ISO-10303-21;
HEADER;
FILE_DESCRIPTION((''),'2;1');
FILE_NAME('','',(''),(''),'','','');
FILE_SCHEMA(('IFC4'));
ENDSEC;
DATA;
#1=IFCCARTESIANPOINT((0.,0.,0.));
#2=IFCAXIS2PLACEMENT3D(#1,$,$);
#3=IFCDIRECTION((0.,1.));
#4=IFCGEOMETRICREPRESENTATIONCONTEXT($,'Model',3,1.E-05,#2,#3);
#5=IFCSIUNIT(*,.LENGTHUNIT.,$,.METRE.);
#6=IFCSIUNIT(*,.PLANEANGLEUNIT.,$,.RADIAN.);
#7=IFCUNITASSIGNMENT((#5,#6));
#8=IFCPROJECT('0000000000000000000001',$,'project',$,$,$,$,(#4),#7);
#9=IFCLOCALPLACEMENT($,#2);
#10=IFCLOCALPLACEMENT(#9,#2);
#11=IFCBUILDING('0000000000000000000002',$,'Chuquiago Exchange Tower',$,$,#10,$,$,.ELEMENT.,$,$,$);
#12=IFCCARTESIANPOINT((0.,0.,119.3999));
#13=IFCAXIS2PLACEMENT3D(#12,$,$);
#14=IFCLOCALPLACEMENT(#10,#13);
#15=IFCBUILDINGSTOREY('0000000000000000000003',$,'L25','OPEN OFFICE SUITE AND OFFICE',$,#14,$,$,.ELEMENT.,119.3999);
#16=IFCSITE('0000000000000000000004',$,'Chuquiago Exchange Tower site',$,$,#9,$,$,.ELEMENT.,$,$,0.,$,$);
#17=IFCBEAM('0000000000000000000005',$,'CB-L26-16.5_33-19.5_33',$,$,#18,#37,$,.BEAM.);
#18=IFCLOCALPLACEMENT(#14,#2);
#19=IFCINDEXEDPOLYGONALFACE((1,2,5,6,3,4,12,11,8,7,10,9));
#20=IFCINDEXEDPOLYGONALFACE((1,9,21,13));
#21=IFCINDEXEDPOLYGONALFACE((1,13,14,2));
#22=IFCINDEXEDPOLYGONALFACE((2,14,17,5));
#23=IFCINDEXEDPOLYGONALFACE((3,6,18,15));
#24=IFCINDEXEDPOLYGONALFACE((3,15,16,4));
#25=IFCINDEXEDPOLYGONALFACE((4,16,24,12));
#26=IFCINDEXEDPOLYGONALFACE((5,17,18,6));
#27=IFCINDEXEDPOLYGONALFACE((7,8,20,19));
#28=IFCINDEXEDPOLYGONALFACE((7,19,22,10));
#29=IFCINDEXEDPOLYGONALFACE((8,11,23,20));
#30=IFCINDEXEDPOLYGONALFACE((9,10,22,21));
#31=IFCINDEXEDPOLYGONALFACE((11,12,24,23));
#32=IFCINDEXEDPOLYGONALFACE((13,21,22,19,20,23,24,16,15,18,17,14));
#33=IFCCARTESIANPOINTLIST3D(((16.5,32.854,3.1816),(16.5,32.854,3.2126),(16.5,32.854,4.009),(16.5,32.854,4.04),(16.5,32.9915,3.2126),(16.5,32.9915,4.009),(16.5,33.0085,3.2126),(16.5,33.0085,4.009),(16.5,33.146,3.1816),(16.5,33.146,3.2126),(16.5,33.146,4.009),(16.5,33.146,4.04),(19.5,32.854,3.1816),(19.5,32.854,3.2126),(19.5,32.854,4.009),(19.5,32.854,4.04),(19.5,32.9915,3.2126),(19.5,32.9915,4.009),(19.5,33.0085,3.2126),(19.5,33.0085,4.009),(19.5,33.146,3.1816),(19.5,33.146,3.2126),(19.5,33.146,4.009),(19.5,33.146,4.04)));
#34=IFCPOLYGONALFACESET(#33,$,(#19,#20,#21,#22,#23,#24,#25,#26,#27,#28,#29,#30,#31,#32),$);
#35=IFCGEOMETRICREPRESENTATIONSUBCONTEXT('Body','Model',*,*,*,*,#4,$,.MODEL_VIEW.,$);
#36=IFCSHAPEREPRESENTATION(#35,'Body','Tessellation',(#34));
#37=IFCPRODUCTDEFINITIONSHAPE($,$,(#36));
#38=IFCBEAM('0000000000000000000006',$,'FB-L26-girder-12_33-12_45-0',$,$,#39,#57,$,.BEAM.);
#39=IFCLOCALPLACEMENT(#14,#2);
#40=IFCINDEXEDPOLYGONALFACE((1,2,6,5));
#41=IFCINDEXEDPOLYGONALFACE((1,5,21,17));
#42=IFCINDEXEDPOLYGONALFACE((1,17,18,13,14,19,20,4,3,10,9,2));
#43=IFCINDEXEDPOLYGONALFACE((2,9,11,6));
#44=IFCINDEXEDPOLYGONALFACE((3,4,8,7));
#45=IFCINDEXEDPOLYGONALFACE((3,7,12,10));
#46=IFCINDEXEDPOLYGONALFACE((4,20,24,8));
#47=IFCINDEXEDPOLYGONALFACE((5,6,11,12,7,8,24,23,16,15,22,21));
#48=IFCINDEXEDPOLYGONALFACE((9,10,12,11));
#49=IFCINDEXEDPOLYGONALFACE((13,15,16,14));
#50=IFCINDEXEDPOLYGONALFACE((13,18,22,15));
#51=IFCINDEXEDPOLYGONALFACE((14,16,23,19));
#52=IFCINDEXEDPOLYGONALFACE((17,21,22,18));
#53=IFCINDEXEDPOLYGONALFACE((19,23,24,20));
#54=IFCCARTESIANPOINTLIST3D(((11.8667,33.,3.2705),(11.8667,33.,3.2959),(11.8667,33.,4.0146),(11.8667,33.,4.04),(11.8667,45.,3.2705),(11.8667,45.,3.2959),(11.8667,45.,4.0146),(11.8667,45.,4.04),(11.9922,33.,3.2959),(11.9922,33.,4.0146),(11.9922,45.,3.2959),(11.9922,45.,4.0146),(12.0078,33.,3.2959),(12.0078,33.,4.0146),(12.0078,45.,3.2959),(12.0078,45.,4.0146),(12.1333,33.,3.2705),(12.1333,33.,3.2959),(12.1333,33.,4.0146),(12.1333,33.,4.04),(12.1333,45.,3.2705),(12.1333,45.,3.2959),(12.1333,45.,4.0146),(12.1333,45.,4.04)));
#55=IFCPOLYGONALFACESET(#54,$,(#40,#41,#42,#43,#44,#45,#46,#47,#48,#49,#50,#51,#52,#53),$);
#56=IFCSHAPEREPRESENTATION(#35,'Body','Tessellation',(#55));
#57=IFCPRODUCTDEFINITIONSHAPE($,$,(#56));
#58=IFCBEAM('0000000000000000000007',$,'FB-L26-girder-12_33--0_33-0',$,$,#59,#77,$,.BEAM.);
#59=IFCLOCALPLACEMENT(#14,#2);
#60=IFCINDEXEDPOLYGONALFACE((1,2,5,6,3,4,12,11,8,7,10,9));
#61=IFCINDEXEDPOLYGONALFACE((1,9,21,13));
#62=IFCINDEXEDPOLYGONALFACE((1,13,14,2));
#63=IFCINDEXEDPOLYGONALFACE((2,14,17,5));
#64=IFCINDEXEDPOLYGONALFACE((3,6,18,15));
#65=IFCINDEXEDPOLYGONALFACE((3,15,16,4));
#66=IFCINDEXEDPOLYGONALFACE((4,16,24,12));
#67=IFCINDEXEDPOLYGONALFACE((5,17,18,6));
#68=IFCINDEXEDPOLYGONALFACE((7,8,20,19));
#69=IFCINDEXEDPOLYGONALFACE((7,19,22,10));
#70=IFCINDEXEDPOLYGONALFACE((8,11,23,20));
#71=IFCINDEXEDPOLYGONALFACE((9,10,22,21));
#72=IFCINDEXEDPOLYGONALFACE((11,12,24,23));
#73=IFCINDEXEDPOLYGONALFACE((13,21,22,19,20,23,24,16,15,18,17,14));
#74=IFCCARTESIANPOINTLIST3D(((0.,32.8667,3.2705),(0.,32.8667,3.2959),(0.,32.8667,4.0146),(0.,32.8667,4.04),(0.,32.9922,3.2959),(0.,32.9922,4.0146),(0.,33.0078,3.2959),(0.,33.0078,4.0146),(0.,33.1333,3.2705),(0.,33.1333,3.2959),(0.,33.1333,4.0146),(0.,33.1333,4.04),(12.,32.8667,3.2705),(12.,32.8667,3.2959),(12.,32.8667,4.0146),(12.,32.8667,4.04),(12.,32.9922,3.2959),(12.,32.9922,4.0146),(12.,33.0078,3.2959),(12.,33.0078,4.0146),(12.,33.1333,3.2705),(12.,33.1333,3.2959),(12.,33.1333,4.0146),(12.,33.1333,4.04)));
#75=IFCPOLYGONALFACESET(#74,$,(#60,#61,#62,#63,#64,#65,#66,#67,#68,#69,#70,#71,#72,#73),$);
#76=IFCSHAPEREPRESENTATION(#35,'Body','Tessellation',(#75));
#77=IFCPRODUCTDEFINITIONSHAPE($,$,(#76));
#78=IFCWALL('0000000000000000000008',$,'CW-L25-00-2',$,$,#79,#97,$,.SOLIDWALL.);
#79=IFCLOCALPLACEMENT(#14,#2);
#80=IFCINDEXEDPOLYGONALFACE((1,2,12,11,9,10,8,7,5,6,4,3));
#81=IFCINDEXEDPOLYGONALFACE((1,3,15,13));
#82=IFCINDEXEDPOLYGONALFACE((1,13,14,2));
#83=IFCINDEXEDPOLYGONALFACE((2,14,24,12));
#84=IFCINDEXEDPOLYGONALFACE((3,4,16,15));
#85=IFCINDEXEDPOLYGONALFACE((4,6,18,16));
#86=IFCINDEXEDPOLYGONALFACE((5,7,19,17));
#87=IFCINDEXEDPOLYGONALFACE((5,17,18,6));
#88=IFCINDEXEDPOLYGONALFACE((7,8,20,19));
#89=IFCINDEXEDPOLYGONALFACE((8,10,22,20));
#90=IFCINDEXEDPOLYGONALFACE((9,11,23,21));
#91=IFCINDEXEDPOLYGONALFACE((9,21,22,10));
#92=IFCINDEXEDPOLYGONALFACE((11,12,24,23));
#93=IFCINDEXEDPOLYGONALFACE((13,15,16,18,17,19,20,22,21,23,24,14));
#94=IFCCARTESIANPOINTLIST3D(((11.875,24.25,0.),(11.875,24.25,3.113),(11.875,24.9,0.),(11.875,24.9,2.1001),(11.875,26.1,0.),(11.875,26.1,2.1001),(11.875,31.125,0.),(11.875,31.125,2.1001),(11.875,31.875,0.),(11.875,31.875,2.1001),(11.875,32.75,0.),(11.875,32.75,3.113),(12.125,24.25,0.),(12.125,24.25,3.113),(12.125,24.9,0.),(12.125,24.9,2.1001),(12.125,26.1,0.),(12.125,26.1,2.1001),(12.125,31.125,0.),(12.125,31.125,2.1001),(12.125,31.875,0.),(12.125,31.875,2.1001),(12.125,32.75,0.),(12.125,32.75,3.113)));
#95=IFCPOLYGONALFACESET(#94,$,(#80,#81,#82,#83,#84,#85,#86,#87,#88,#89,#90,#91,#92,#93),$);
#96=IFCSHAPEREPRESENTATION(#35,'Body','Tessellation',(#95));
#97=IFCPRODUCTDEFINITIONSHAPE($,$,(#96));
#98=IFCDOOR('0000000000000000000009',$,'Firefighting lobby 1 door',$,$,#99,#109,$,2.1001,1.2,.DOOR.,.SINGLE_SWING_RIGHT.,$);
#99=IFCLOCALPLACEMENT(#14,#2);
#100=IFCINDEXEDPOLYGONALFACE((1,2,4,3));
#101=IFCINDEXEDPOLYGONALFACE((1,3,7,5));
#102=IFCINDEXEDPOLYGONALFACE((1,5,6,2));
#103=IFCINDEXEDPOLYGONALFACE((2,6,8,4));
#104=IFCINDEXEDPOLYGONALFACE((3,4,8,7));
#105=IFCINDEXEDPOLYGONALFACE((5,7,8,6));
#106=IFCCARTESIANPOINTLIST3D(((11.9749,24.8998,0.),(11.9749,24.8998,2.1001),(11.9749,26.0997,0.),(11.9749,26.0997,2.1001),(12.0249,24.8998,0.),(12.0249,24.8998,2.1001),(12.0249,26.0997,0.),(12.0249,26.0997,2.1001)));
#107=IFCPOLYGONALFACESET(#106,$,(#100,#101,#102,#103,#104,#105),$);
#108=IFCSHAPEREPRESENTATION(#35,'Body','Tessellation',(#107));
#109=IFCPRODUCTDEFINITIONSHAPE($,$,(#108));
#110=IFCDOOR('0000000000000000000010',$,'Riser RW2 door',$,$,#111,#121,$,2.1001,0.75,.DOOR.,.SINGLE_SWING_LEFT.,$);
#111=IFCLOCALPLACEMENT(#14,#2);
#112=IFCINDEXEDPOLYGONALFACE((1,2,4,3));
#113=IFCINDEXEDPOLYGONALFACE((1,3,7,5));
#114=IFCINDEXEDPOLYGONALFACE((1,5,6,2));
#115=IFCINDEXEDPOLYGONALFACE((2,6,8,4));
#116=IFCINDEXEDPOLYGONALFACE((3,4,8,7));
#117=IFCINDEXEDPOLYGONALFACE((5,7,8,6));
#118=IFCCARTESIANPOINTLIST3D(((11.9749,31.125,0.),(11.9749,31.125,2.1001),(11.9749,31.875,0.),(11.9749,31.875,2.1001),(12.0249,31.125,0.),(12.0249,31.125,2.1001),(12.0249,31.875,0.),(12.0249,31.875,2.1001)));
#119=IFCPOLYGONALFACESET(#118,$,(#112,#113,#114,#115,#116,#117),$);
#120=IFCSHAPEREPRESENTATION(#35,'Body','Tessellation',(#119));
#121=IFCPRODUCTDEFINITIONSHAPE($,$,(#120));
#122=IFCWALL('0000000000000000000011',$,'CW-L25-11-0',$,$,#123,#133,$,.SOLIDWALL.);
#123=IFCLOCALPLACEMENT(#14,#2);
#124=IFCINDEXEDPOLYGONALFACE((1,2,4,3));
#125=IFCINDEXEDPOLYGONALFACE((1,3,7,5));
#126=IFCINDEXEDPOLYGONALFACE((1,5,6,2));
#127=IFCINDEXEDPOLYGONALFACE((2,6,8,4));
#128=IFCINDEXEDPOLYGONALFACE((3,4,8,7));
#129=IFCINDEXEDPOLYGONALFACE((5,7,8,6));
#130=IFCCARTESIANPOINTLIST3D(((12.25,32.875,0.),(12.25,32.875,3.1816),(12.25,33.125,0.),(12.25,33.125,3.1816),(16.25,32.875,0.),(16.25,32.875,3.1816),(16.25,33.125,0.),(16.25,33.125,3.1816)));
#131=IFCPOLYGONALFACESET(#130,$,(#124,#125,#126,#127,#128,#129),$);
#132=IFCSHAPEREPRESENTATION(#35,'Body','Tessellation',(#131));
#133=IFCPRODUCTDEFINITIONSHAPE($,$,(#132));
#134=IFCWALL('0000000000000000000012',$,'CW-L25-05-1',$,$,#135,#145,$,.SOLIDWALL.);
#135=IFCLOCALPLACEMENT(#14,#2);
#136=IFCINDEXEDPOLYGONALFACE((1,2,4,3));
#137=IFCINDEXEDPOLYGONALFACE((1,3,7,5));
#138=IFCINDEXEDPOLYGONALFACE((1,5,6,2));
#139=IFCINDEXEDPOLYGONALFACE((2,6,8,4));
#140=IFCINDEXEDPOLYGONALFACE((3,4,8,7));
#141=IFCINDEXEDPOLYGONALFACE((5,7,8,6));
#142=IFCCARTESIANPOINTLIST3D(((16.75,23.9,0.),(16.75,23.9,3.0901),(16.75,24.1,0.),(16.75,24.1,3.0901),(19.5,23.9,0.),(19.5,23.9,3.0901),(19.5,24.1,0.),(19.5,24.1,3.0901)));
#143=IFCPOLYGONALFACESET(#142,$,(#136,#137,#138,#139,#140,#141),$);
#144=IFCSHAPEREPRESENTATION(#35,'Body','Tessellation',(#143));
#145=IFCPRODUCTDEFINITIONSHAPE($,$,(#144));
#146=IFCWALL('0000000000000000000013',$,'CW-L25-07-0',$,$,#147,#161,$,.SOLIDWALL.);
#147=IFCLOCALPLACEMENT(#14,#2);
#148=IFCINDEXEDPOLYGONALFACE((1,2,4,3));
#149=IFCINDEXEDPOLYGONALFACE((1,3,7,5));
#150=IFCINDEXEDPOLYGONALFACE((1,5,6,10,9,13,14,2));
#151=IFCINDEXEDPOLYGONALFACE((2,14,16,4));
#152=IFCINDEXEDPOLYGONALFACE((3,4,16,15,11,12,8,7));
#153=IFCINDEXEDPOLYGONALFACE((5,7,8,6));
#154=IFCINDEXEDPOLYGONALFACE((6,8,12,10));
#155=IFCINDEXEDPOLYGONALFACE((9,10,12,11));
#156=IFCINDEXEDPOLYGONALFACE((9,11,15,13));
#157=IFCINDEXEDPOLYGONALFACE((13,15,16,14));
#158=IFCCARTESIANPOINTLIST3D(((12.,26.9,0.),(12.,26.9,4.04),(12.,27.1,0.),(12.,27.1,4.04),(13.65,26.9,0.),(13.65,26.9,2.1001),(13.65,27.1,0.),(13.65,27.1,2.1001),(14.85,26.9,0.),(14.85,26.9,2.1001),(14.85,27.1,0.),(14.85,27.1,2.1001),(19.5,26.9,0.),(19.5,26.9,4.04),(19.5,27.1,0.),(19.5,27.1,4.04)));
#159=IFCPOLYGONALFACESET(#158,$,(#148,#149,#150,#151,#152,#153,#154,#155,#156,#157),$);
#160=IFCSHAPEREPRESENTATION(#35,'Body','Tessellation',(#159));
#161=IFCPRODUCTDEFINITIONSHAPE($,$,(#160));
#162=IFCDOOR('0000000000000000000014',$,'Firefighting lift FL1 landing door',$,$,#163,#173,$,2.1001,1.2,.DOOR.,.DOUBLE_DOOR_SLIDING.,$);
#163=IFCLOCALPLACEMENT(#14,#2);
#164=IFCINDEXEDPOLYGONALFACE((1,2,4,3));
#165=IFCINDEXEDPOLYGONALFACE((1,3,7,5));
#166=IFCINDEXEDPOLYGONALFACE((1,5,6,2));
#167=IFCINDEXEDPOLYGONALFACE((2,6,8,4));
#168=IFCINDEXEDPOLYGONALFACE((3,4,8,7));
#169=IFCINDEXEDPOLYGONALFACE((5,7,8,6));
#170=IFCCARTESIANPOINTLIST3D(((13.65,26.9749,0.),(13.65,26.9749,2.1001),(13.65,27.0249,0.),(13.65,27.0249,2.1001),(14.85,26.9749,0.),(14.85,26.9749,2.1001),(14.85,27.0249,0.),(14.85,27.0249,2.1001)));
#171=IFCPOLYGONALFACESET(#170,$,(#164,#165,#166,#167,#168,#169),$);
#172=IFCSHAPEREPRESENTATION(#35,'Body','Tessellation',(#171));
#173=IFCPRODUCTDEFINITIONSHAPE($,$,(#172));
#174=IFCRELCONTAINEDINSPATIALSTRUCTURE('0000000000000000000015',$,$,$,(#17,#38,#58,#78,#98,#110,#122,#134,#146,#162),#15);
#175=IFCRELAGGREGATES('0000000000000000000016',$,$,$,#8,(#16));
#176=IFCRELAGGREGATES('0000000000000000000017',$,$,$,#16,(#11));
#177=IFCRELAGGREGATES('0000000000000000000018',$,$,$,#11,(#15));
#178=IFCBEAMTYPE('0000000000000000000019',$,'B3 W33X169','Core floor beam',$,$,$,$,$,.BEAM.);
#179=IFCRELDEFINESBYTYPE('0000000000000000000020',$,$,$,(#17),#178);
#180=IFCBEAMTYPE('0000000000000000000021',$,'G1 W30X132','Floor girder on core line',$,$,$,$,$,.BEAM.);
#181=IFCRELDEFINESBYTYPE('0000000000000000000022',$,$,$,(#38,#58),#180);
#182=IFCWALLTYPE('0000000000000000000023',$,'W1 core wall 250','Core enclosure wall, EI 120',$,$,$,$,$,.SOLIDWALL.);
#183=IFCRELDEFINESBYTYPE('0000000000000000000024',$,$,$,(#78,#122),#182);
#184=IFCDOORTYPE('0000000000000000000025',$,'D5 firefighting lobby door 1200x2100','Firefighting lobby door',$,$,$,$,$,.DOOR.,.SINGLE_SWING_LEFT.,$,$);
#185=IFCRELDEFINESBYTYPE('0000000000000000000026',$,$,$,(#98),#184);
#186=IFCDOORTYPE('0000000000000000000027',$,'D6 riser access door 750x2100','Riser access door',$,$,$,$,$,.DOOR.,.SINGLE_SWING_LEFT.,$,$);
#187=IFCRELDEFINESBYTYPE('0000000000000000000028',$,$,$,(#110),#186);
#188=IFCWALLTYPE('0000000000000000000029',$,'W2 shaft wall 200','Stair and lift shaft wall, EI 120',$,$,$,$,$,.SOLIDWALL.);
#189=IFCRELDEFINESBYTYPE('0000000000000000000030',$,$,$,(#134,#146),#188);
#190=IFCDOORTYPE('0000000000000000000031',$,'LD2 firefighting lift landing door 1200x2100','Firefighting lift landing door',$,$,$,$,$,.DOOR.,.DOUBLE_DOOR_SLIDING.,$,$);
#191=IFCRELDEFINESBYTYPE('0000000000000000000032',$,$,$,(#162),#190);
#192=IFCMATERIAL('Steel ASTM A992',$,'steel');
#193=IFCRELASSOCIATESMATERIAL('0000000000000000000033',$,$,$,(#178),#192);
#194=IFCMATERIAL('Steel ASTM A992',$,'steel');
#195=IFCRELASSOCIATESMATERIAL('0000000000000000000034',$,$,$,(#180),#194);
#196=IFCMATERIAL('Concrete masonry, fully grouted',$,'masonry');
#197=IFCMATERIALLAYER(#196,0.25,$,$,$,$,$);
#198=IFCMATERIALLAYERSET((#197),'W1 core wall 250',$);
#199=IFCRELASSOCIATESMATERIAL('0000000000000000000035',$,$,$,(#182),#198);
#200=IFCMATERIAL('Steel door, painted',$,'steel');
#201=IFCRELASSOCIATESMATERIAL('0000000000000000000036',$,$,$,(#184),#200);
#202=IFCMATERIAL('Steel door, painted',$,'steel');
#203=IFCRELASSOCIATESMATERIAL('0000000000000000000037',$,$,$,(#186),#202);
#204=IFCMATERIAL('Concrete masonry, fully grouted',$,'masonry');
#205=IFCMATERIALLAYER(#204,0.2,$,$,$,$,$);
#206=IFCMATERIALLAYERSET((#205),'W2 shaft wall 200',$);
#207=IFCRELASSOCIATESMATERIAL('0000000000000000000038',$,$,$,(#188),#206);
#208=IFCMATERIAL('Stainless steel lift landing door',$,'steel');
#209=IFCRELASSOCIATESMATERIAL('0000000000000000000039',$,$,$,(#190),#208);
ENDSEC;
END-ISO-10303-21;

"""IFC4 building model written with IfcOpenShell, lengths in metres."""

from ifc_helpers import new_model, si_unit, direction, frame, frame_2d, origin, origin_2d, place, context, subcontext, project, spatial, rectangle, i_section, extrude, material, layer, layer_set, material_profile, profile_set, type_object, element, fill, save


model = new_model("IFC4")

# Units and contexts
model_context = context("Model", 3, precision=1e-05, world=origin(), true_north=direction((0.0, 1.0)))
body_context = subcontext(model_context, "Body", "Model", "MODEL_VIEW")
ifc_project = project(units=[si_unit("LENGTHUNIT", "METRE"), si_unit("PLANEANGLEUNIT", "RADIAN")], contexts=[model_context])

# Site, building, storey
site_placement = place(None, origin())
site = spatial("IfcSite", under=ifc_project, at=site_placement, Name="Chuquiago Exchange Tower site", CompositionType="ELEMENT", RefElevation=0.0)
building_placement = place(site_placement, origin())
building = spatial("IfcBuilding", under=site, at=building_placement, Name="Chuquiago Exchange Tower", CompositionType="ELEMENT")
storey_placement = place(building_placement, frame((0.0, 0.0, 119.3999)))
storey = spatial("IfcBuildingStorey", under=building, at=storey_placement, Name="L25", Description="OPEN OFFICE SUITE AND OFFICE", CompositionType="ELEMENT", Elevation=119.3999)

# Beams
ifc_material_1 = material(Name="Steel ASTM A992", Category="steel")
ifc_material_profile_1 = material_profile(ifc_material_1, i_section(OverallWidth=0.292, OverallDepth=0.8584, WebThickness=0.0171, FlangeThickness=0.031, at=origin_2d()), Name="W33X169")
ifc_profile_set_1 = profile_set([ifc_material_profile_1], Name="Steel ASTM A992")
beam_type_1 = type_object("IfcBeamType", Name="B3 W33X169", Description="Core floor beam", PredefinedType="BEAM", material=ifc_profile_set_1)
beam_1_placement = place(storey_placement, frame((16.5, 33.0, 3.6108), z_axis=(1.0, 0.0, 0.0), x_axis=(0.0, 1.0, 0.0)))
element("IfcBeam", 1, at=beam_1_placement, inside=storey, type_object=beam_type_1, Name="CB-L26-16.5_33-19.5_33", PredefinedType="BEAM", context=body_context, shape_type="SweptSolid", body=[
    extrude(i_section(OverallWidth=0.292, OverallDepth=0.8584, WebThickness=0.0171, FlangeThickness=0.031, at=origin_2d()), origin(), (0.0, 0.0, 1.0), 3.0),
])
ifc_material_2 = material(Name="Steel ASTM A992", Category="steel")
ifc_material_profile_2 = material_profile(ifc_material_2, i_section(OverallWidth=0.2666, OverallDepth=0.7695, WebThickness=0.0156, FlangeThickness=0.0254, at=origin_2d()), Name="W30X132")
ifc_profile_set_2 = profile_set([ifc_material_profile_2], Name="Steel ASTM A992")
beam_type_2 = type_object("IfcBeamType", Name="G1 W30X132", Description="Floor girder on core line", PredefinedType="BEAM", material=ifc_profile_set_2)
for number, where, z_axis, x_axis, name in (
    (2, (12.0, 33.0, 3.6553), (0.0, 1.0, 0.0), (-1.0, 0.0, 0.0), "FB-L26-girder-12_33-12_45-0"),
    (3, (12.0, 33.0, 3.6553), (-1.0, 0.0, 0.0), (0.0, -1.0, 0.0), "FB-L26-girder-12_33--0_33-0"),
):
    element("IfcBeam", number, at=place(storey_placement, frame(where, z_axis=z_axis, x_axis=x_axis)), inside=storey, type_object=beam_type_2, Name=name, PredefinedType="BEAM", context=body_context, shape_type="SweptSolid", body=[
        extrude(i_section(OverallWidth=0.2666, OverallDepth=0.7695, WebThickness=0.0156, FlangeThickness=0.0254, at=origin_2d()), origin(), (0.0, 0.0, 1.0), 12.0),
    ])

# Wall, openings, doors
ifc_material_3 = material(Name="Concrete masonry, fully grouted", Category="masonry")
ifc_layer_1 = layer(ifc_material_3, 0.25)
ifc_layer_set_1 = layer_set([ifc_layer_1], Name="W1 core wall 250")
wall_type_1 = type_object("IfcWallType", Name="W1 core wall 250", Description="Core enclosure wall, EI 120", PredefinedType="SOLIDWALL", material=ifc_layer_set_1)
wall_1_placement = place(storey_placement, frame((12.0, 24.25, 0.0), z_axis=(0.0, 0.0, 1.0), x_axis=(0.0, 1.0, 0.0)))
wall_1 = element("IfcWall", 4, at=wall_1_placement, inside=storey, type_object=wall_type_1, Name="CW-L25-00-2", PredefinedType="SOLIDWALL", context=body_context, shape_type="SweptSolid", body=[
    extrude(rectangle(XDim=8.5, YDim=0.25, at=frame_2d((4.25, 0.0))), origin(), (0.0, 0.0, 1.0), 3.113),
])
opening_1_placement = place(wall_1_placement, frame((0.6499, 0.0, 0.0)))
opening_1 = element("IfcOpeningElement", 5, at=opening_1_placement, cuts=wall_1, PredefinedType="OPENING", context=body_context, shape_type="SweptSolid", body=[
    extrude(rectangle(XDim=1.2, YDim=2.1001, at=frame_2d((0.6001, 1.05))), frame((0.0, 0.135, 0.0), z_axis=(0.0, -1.0, 0.0), x_axis=(1.0, 0.0, 0.0)), (0.0, 0.0, 1.0), 0.27),
])
opening_2_placement = place(wall_1_placement, frame((6.875, 0.0, 0.0)))
opening_2 = element("IfcOpeningElement", 6, at=opening_2_placement, cuts=wall_1, PredefinedType="OPENING", context=body_context, shape_type="SweptSolid", body=[
    extrude(rectangle(XDim=0.75, YDim=2.1001, at=frame_2d((0.375, 1.05))), frame((0.0, 0.135, 0.0), z_axis=(0.0, -1.0, 0.0), x_axis=(1.0, 0.0, 0.0)), (0.0, 0.0, 1.0), 0.27),
])
ifc_material_4 = material(Name="Steel door, painted", Category="steel")
door_type_1 = type_object("IfcDoorType", Name="D5 firefighting lobby door 1200x2100", Description="Firefighting lobby door", OperationType="SINGLE_SWING_LEFT", PredefinedType="DOOR", material=ifc_material_4)
door_1_placement = place(opening_1_placement, frame((1.2, 0.0, 0.0), z_axis=(0.0, 0.0, 1.0), x_axis=(-1.0, 0.0, 0.0)))
door_1 = element("IfcDoor", 7, at=door_1_placement, inside=storey, type_object=door_type_1, Name="Firefighting lobby 1 door", OperationType="SINGLE_SWING_RIGHT", OverallHeight=2.1001, OverallWidth=1.2, PredefinedType="DOOR", context=body_context, shape_type="SweptSolid", body=[
    extrude(rectangle(XDim=1.2, YDim=2.1001, at=frame_2d((0.6001, 1.05))), frame((0.0, 0.0249, 0.0), z_axis=(0.0, -1.0, 0.0), x_axis=(1.0, 0.0, 0.0)), (0.0, 0.0, 1.0), 0.05),
])
fill(opening_1, door_1)
ifc_material_5 = material(Name="Steel door, painted", Category="steel")
door_type_2 = type_object("IfcDoorType", Name="D6 riser access door 750x2100", Description="Riser access door", OperationType="SINGLE_SWING_LEFT", PredefinedType="DOOR", material=ifc_material_5)
door_2_placement = place(opening_2_placement, frame((0.75, 0.0, 0.0), z_axis=(0.0, 0.0, 1.0), x_axis=(-1.0, 0.0, 0.0)))
door_2 = element("IfcDoor", 8, at=door_2_placement, inside=storey, type_object=door_type_2, Name="Riser RW2 door", OperationType="SINGLE_SWING_LEFT", OverallHeight=2.1001, OverallWidth=0.75, PredefinedType="DOOR", context=body_context, shape_type="SweptSolid", body=[
    extrude(rectangle(XDim=0.75, YDim=2.1001, at=frame_2d((0.375, 1.05))), frame((0.0, 0.0249, 0.0), z_axis=(0.0, -1.0, 0.0), x_axis=(1.0, 0.0, 0.0)), (0.0, 0.0, 1.0), 0.05),
])
fill(opening_2, door_2)

# Walls
wall_2_placement = place(storey_placement, frame((12.25, 33.0, 0.0), z_axis=(0.0, 0.0, 1.0), x_axis=(1.0, 0.0, 0.0)))
element("IfcWall", 9, at=wall_2_placement, inside=storey, type_object=wall_type_1, Name="CW-L25-11-0", PredefinedType="SOLIDWALL", context=body_context, shape_type="SweptSolid", body=[
    extrude(rectangle(XDim=4.0, YDim=0.25, at=frame_2d((2.0, 0.0))), origin(), (0.0, 0.0, 1.0), 3.1816),
])
ifc_material_6 = material(Name="Concrete masonry, fully grouted", Category="masonry")
ifc_layer_2 = layer(ifc_material_6, 0.2)
ifc_layer_set_2 = layer_set([ifc_layer_2], Name="W2 shaft wall 200")
wall_type_2 = type_object("IfcWallType", Name="W2 shaft wall 200", Description="Stair and lift shaft wall, EI 120", PredefinedType="SOLIDWALL", material=ifc_layer_set_2)
wall_3_placement = place(storey_placement, frame((16.75, 24.0, 0.0), z_axis=(0.0, 0.0, 1.0), x_axis=(1.0, 0.0, 0.0)))
element("IfcWall", 10, at=wall_3_placement, inside=storey, type_object=wall_type_2, Name="CW-L25-05-1", PredefinedType="SOLIDWALL", context=body_context, shape_type="SweptSolid", body=[
    extrude(rectangle(XDim=2.75, YDim=0.2, at=frame_2d((1.375, 0.0))), origin(), (0.0, 0.0, 1.0), 3.0901),
])

# Wall, opening, door
wall_4_placement = place(storey_placement, frame((12.0, 27.0, 0.0), z_axis=(0.0, 0.0, 1.0), x_axis=(1.0, 0.0, 0.0)))
wall_4 = element("IfcWall", 11, at=wall_4_placement, inside=storey, type_object=wall_type_2, Name="CW-L25-07-0", PredefinedType="SOLIDWALL", context=body_context, shape_type="SweptSolid", body=[
    extrude(rectangle(XDim=7.5, YDim=0.2, at=frame_2d((3.75, 0.0))), origin(), (0.0, 0.0, 1.0), 4.04),
])
opening_3_placement = place(wall_4_placement, frame((1.6499, 0.0, 0.0)))
opening_3 = element("IfcOpeningElement", 12, at=opening_3_placement, cuts=wall_4, PredefinedType="OPENING", context=body_context, shape_type="SweptSolid", body=[
    extrude(rectangle(XDim=1.2, YDim=2.1001, at=frame_2d((0.6001, 1.05))), frame((0.0, 0.1099, 0.0), z_axis=(0.0, -1.0, 0.0), x_axis=(1.0, 0.0, 0.0)), (0.0, 0.0, 1.0), 0.22),
])
ifc_material_7 = material(Name="Stainless steel lift landing door", Category="steel")
door_type_3 = type_object("IfcDoorType", Name="LD2 firefighting lift landing door 1200x2100", Description="Firefighting lift landing door", OperationType="DOUBLE_DOOR_SLIDING", PredefinedType="DOOR", material=ifc_material_7)
door_3_placement = place(opening_3_placement, origin())
door_3 = element("IfcDoor", 13, at=door_3_placement, inside=storey, type_object=door_type_3, Name="Firefighting lift FL1 landing door", OperationType="DOUBLE_DOOR_SLIDING", OverallHeight=2.1001, OverallWidth=1.2, PredefinedType="DOOR", context=body_context, shape_type="SweptSolid", body=[
    extrude(rectangle(XDim=1.2, YDim=2.1001, at=frame_2d((0.6001, 1.05))), frame((0.0, 0.0249, 0.0), z_axis=(0.0, -1.0, 0.0), x_axis=(1.0, 0.0, 0.0)), (0.0, 0.0, 1.0), 0.05),
])
fill(opening_3, door_3)

save(model, "model.ifc")
